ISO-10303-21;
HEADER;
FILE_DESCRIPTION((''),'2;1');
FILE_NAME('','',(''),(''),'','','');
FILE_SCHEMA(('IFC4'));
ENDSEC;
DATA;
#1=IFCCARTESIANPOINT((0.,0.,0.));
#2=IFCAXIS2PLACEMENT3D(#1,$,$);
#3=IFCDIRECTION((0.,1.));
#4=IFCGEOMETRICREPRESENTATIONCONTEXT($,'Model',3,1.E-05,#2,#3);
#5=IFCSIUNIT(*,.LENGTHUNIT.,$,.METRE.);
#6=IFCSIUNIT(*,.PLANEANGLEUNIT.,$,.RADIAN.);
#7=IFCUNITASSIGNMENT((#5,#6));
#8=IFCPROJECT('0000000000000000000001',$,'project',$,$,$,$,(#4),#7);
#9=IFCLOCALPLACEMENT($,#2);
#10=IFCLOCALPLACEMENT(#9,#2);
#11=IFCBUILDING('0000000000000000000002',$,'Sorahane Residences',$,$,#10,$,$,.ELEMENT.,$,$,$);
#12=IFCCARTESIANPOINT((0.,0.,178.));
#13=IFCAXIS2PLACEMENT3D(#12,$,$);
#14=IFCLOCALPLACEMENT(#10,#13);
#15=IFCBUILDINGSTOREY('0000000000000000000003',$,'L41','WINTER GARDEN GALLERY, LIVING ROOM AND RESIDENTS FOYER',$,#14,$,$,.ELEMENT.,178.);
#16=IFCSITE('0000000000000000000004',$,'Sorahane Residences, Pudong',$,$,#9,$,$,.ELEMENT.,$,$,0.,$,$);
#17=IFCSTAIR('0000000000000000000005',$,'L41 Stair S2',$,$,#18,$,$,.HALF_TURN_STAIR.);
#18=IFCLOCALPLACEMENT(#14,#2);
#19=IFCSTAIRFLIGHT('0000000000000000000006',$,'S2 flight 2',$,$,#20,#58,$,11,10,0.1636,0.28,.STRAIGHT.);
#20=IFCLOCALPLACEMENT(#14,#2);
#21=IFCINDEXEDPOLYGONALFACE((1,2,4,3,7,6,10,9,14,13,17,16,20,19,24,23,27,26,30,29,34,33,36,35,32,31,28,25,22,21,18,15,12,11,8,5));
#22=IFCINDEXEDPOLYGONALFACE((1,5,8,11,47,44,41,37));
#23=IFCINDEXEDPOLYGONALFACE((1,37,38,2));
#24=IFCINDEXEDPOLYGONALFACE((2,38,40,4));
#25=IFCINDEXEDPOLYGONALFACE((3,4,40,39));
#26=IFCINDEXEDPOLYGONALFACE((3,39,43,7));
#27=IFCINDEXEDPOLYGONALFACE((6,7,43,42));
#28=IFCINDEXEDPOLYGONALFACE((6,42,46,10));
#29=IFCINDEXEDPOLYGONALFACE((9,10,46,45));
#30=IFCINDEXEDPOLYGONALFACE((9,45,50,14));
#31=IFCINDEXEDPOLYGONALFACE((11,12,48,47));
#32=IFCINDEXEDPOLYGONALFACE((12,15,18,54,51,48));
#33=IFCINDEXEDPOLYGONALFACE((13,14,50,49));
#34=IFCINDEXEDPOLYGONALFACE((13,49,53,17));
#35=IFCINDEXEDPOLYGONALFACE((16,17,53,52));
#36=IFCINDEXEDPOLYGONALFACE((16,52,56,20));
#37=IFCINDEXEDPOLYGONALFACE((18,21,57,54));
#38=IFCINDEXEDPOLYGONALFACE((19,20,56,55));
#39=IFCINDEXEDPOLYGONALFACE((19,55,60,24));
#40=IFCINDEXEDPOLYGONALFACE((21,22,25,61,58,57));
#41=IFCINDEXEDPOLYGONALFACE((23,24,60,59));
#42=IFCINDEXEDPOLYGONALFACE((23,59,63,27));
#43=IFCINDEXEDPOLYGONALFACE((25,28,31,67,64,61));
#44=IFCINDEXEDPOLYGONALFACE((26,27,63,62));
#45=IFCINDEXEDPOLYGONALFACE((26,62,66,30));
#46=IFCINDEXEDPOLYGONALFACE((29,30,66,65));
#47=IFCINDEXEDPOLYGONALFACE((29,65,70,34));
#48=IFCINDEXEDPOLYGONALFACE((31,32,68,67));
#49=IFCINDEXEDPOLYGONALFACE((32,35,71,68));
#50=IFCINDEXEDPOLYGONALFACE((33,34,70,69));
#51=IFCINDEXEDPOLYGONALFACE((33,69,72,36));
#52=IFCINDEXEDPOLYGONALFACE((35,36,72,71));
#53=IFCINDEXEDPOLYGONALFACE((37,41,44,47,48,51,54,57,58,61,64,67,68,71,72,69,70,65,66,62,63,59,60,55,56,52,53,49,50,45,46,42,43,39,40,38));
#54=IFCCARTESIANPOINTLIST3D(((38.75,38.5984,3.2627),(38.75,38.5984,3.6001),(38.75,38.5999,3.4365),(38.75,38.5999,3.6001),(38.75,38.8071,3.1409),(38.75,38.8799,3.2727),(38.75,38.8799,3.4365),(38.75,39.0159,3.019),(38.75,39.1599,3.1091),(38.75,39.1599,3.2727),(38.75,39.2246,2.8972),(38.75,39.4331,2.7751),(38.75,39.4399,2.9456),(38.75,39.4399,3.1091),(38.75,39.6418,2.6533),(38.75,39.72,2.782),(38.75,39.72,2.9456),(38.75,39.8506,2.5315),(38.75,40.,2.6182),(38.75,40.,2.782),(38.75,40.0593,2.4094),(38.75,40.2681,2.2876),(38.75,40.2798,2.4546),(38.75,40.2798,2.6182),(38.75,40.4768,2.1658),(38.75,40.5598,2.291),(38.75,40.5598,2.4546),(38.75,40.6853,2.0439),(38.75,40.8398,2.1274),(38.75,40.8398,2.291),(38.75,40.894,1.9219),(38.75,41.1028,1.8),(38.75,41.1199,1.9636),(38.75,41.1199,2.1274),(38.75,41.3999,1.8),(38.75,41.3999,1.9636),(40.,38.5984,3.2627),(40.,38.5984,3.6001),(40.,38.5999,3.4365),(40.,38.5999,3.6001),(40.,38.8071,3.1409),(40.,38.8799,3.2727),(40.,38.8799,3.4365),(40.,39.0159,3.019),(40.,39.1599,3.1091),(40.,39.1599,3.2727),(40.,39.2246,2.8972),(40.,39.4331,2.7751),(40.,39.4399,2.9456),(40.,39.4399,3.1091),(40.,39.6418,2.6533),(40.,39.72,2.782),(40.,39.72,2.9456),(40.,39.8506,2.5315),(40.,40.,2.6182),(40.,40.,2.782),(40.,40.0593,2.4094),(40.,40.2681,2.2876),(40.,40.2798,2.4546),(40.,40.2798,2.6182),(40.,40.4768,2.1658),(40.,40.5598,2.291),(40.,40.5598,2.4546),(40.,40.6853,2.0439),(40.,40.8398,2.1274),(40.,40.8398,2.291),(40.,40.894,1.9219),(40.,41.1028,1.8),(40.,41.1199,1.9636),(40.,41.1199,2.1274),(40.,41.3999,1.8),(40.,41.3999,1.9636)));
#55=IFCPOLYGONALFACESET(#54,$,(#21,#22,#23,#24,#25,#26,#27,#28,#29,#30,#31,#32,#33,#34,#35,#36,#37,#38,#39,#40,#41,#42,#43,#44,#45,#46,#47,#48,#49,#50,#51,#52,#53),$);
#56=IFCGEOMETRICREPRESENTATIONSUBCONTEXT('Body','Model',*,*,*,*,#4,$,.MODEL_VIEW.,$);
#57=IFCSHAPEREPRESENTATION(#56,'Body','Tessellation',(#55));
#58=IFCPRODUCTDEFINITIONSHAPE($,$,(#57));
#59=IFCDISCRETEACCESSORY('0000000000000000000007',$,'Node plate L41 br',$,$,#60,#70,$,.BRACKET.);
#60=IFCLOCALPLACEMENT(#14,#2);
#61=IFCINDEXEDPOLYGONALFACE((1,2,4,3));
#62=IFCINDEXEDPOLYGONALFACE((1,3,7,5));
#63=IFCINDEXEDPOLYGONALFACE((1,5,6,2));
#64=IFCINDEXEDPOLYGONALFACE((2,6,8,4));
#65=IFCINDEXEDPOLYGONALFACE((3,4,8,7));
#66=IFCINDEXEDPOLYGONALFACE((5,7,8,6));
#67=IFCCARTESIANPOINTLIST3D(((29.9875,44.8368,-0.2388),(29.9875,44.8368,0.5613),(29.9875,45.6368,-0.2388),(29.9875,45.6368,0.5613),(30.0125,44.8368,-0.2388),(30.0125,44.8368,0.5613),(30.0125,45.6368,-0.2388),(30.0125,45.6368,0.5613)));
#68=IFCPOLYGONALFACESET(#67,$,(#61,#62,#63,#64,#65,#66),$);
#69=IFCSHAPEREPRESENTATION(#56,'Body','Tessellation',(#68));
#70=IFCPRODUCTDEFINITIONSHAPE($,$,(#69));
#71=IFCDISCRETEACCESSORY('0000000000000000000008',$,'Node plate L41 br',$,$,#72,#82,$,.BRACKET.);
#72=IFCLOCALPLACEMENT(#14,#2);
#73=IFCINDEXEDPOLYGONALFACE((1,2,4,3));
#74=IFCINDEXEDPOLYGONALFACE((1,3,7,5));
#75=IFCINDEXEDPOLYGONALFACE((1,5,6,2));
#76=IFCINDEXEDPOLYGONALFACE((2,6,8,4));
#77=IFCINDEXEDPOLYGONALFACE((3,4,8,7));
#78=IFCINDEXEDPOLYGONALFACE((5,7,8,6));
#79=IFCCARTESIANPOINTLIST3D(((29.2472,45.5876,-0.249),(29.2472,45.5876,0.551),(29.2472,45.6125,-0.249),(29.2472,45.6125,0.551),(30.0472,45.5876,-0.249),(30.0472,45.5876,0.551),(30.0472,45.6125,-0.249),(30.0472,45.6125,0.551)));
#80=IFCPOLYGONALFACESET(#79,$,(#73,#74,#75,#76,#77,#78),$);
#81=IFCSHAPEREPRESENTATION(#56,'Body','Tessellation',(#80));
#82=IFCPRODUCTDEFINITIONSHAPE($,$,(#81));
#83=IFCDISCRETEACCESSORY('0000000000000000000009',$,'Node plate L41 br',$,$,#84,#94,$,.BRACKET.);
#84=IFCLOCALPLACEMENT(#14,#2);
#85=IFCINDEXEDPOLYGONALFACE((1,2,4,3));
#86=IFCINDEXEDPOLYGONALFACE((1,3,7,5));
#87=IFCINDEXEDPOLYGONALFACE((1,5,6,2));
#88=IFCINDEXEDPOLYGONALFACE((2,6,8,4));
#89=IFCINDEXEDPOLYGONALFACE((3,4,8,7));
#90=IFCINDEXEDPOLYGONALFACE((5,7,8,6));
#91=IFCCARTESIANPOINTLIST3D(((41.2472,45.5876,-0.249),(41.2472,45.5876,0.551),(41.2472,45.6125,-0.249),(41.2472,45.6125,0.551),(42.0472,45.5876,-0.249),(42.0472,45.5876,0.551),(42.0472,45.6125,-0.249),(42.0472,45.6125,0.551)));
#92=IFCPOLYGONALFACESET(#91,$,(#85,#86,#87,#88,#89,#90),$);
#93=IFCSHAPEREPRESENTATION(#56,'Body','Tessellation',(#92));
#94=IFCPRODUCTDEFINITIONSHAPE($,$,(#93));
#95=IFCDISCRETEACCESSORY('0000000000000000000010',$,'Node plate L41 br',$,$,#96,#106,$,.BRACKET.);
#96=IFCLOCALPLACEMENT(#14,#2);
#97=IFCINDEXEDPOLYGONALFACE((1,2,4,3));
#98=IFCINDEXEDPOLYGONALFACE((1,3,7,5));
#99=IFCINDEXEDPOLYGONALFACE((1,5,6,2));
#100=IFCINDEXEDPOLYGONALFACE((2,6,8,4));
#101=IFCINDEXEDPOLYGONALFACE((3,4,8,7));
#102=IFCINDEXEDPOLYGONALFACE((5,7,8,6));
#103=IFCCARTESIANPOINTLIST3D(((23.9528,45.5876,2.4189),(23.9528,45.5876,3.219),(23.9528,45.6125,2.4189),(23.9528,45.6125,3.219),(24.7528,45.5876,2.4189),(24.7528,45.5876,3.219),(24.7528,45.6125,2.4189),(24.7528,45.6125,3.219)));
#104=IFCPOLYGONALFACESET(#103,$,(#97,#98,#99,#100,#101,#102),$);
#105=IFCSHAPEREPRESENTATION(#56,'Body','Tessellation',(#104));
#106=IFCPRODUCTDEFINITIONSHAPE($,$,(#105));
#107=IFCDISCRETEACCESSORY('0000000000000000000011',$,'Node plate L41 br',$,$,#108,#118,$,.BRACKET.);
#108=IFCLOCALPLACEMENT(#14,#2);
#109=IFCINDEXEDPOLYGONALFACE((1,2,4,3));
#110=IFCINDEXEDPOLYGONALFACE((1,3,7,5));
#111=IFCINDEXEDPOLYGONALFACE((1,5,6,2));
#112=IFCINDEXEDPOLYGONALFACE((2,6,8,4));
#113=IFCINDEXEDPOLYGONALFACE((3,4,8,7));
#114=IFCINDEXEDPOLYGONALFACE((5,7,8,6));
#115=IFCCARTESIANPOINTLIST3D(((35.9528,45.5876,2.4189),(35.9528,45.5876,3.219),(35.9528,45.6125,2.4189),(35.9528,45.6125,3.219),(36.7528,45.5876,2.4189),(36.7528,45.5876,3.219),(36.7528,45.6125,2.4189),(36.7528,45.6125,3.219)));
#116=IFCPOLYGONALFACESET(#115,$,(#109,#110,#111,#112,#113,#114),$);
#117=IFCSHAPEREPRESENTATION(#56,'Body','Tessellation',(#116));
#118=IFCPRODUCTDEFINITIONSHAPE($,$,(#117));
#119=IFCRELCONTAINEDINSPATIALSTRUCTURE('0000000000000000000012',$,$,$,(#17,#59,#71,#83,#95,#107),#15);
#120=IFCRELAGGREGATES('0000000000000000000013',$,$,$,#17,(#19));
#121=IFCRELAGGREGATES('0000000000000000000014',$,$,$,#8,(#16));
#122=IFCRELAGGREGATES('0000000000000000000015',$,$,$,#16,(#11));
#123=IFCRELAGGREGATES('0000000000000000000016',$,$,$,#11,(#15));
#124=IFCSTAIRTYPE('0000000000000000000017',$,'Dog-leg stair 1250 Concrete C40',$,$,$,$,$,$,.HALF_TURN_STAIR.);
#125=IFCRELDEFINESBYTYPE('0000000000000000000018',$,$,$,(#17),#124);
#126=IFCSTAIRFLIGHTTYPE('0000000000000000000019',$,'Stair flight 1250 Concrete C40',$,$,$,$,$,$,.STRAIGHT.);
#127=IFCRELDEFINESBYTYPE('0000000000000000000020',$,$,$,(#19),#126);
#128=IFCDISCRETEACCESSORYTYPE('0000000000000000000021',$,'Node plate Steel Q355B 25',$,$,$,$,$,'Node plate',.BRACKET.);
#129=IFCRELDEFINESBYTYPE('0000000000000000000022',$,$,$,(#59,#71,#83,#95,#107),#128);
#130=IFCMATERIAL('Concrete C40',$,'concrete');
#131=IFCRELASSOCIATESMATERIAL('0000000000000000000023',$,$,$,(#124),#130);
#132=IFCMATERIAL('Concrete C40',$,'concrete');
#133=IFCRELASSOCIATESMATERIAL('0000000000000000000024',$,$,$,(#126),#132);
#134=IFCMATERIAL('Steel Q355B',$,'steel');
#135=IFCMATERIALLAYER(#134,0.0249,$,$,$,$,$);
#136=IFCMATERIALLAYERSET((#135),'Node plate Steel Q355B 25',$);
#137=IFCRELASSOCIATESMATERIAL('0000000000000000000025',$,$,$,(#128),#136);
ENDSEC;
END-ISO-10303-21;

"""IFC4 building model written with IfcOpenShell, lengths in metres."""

from ifc_helpers import new_model, si_unit, direction, frame, origin, origin_2d, place, context, subcontext, project, spatial, polyline, rectangle, outline, extrude, material, layer, layer_set, type_object, element, aggregate, save


model = new_model("IFC4")

# Units and contexts
model_context = context("Model", 3, precision=1e-05, world=origin(), true_north=direction((0.0, 1.0)))
body_context = subcontext(model_context, "Body", "Model", "MODEL_VIEW")
ifc_project = project(units=[si_unit("LENGTHUNIT", "METRE"), si_unit("PLANEANGLEUNIT", "RADIAN")], contexts=[model_context])

# Site, building, storey
site_placement = place(None, origin())
site = spatial("IfcSite", under=ifc_project, at=site_placement, Name="Sorahane Residences, Pudong", CompositionType="ELEMENT", RefElevation=0.0)
building_placement = place(site_placement, origin())
building = spatial("IfcBuilding", under=site, at=building_placement, Name="Sorahane Residences", CompositionType="ELEMENT")
storey_placement = place(building_placement, frame((0.0, 0.0, 178.0)))
storey = spatial("IfcBuildingStorey", under=building, at=storey_placement, Name="L41", Description="WINTER GARDEN GALLERY, LIVING ROOM AND RESIDENTS FOYER", CompositionType="ELEMENT", Elevation=178.0)

# Stair, stair flight
ifc_material_1 = material(Name="Concrete C40", Category="concrete")
stair_type = type_object("IfcStairType", Name="Dog-leg stair 1250 Concrete C40", PredefinedType="HALF_TURN_STAIR", material=ifc_material_1)
stair_placement = place(storey_placement, origin())
stair = element("IfcStair", 1, at=stair_placement, inside=storey, type_object=stair_type, Name="L41 Stair S2", PredefinedType="HALF_TURN_STAIR")
ifc_material_2 = material(Name="Concrete C40", Category="concrete")
stair_flight_type = type_object("IfcStairFlightType", Name="Stair flight 1250 Concrete C40", PredefinedType="STRAIGHT", material=ifc_material_2)
stair_flight_placement = place(storey_placement, frame((39.375, 41.3999, 1.8), z_axis=(0.0, 0.0, 1.0), x_axis=(0.0, -1.0, 0.0)))
stair_flight = element("IfcStairFlight", 2, at=stair_flight_placement, type_object=stair_flight_type, Name="S2 flight 2", NumberOfRisers=11, NumberOfTreads=10, PredefinedType="STRAIGHT", RiserHeight=0.1636, TreadLength=0.28, context=body_context, shape_type="SweptSolid", body=[
    extrude(outline(polyline([(0.0, 0.0), (0.0, 0.1636), (0.28, 0.1636), (0.28, 0.3274), (0.5601, 0.3274), (0.5601, 0.491), (0.8401, 0.491), (0.8401, 0.6545), (1.1201, 0.6545), (1.1201, 0.8181), (1.3999, 0.8181), (1.3999, 0.9819), (1.6799, 0.9819), (1.6799, 1.1455), (1.96, 1.1455), (1.96, 1.3091), (2.24, 1.3091), (2.24, 1.4727), (2.52, 1.4727), (2.52, 1.6365), (2.8, 1.6365), (2.8, 1.8), (2.8015, 1.8), (2.8015, 1.4626), (2.5928, 1.3408), (2.384, 1.219), (2.1753, 1.0972), (1.9668, 0.9751), (1.7581, 0.8533), (1.5493, 0.7314), (1.3406, 0.6094), (1.1318, 0.4875), (0.9231, 0.3657), (0.7146, 0.2439), (0.5059, 0.1218), (0.2971, 0.0), (0.0, 0.0)])), frame((0.0, 0.625, 0.0), z_axis=(0.0, -1.0, 0.0), x_axis=(1.0, 0.0, 0.0)), (0.0, 0.0, 1.0), 1.25),
])
aggregate(stair, [stair_flight])

# Discrete accessories
ifc_material_3 = material(Name="Steel Q355B", Category="steel")
ifc_layer_1 = layer(ifc_material_3, 0.0249)
ifc_layer_set_1 = layer_set([ifc_layer_1], Name="Node plate Steel Q355B 25")
discrete_accessory_type = type_object("IfcDiscreteAccessoryType", Name="Node plate Steel Q355B 25", ElementType="Node plate", PredefinedType="BRACKET", material=ifc_layer_set_1)
for number, where, z_axis, x_axis, name in (
    (3, (30.0, 45.2368, -0.2388), (0.0, 0.0, 1.0), (0.0, 1.0, 0.0), "Node plate L41 br"),
    (4, (29.6472, 45.6001, -0.249), (0.0, 0.0, 1.0), (1.0, 0.0, 0.0), "Node plate L41 br"),
    (5, (41.6472, 45.6001, -0.249), (0.0, 0.0, 1.0), (1.0, 0.0, 0.0), "Node plate L41 br"),
    (6, (24.3528, 45.6001, 2.4189), (0.0, 0.0, 1.0), (1.0, 0.0, 0.0), "Node plate L41 br"),
    (7, (36.3528, 45.6001, 2.4189), (0.0, 0.0, 1.0), (1.0, 0.0, 0.0), "Node plate L41 br"),
):
    element("IfcDiscreteAccessory", number, at=place(storey_placement, frame(where, z_axis=z_axis, x_axis=x_axis)), inside=storey, type_object=discrete_accessory_type, Name=name, PredefinedType="BRACKET", context=body_context, shape_type="SweptSolid", body=[
        extrude(rectangle(XDim=0.8, YDim=0.0249, at=origin_2d()), origin(), (0.0, 0.0, 1.0), 0.8),
    ])

save(model, "model.ifc")
